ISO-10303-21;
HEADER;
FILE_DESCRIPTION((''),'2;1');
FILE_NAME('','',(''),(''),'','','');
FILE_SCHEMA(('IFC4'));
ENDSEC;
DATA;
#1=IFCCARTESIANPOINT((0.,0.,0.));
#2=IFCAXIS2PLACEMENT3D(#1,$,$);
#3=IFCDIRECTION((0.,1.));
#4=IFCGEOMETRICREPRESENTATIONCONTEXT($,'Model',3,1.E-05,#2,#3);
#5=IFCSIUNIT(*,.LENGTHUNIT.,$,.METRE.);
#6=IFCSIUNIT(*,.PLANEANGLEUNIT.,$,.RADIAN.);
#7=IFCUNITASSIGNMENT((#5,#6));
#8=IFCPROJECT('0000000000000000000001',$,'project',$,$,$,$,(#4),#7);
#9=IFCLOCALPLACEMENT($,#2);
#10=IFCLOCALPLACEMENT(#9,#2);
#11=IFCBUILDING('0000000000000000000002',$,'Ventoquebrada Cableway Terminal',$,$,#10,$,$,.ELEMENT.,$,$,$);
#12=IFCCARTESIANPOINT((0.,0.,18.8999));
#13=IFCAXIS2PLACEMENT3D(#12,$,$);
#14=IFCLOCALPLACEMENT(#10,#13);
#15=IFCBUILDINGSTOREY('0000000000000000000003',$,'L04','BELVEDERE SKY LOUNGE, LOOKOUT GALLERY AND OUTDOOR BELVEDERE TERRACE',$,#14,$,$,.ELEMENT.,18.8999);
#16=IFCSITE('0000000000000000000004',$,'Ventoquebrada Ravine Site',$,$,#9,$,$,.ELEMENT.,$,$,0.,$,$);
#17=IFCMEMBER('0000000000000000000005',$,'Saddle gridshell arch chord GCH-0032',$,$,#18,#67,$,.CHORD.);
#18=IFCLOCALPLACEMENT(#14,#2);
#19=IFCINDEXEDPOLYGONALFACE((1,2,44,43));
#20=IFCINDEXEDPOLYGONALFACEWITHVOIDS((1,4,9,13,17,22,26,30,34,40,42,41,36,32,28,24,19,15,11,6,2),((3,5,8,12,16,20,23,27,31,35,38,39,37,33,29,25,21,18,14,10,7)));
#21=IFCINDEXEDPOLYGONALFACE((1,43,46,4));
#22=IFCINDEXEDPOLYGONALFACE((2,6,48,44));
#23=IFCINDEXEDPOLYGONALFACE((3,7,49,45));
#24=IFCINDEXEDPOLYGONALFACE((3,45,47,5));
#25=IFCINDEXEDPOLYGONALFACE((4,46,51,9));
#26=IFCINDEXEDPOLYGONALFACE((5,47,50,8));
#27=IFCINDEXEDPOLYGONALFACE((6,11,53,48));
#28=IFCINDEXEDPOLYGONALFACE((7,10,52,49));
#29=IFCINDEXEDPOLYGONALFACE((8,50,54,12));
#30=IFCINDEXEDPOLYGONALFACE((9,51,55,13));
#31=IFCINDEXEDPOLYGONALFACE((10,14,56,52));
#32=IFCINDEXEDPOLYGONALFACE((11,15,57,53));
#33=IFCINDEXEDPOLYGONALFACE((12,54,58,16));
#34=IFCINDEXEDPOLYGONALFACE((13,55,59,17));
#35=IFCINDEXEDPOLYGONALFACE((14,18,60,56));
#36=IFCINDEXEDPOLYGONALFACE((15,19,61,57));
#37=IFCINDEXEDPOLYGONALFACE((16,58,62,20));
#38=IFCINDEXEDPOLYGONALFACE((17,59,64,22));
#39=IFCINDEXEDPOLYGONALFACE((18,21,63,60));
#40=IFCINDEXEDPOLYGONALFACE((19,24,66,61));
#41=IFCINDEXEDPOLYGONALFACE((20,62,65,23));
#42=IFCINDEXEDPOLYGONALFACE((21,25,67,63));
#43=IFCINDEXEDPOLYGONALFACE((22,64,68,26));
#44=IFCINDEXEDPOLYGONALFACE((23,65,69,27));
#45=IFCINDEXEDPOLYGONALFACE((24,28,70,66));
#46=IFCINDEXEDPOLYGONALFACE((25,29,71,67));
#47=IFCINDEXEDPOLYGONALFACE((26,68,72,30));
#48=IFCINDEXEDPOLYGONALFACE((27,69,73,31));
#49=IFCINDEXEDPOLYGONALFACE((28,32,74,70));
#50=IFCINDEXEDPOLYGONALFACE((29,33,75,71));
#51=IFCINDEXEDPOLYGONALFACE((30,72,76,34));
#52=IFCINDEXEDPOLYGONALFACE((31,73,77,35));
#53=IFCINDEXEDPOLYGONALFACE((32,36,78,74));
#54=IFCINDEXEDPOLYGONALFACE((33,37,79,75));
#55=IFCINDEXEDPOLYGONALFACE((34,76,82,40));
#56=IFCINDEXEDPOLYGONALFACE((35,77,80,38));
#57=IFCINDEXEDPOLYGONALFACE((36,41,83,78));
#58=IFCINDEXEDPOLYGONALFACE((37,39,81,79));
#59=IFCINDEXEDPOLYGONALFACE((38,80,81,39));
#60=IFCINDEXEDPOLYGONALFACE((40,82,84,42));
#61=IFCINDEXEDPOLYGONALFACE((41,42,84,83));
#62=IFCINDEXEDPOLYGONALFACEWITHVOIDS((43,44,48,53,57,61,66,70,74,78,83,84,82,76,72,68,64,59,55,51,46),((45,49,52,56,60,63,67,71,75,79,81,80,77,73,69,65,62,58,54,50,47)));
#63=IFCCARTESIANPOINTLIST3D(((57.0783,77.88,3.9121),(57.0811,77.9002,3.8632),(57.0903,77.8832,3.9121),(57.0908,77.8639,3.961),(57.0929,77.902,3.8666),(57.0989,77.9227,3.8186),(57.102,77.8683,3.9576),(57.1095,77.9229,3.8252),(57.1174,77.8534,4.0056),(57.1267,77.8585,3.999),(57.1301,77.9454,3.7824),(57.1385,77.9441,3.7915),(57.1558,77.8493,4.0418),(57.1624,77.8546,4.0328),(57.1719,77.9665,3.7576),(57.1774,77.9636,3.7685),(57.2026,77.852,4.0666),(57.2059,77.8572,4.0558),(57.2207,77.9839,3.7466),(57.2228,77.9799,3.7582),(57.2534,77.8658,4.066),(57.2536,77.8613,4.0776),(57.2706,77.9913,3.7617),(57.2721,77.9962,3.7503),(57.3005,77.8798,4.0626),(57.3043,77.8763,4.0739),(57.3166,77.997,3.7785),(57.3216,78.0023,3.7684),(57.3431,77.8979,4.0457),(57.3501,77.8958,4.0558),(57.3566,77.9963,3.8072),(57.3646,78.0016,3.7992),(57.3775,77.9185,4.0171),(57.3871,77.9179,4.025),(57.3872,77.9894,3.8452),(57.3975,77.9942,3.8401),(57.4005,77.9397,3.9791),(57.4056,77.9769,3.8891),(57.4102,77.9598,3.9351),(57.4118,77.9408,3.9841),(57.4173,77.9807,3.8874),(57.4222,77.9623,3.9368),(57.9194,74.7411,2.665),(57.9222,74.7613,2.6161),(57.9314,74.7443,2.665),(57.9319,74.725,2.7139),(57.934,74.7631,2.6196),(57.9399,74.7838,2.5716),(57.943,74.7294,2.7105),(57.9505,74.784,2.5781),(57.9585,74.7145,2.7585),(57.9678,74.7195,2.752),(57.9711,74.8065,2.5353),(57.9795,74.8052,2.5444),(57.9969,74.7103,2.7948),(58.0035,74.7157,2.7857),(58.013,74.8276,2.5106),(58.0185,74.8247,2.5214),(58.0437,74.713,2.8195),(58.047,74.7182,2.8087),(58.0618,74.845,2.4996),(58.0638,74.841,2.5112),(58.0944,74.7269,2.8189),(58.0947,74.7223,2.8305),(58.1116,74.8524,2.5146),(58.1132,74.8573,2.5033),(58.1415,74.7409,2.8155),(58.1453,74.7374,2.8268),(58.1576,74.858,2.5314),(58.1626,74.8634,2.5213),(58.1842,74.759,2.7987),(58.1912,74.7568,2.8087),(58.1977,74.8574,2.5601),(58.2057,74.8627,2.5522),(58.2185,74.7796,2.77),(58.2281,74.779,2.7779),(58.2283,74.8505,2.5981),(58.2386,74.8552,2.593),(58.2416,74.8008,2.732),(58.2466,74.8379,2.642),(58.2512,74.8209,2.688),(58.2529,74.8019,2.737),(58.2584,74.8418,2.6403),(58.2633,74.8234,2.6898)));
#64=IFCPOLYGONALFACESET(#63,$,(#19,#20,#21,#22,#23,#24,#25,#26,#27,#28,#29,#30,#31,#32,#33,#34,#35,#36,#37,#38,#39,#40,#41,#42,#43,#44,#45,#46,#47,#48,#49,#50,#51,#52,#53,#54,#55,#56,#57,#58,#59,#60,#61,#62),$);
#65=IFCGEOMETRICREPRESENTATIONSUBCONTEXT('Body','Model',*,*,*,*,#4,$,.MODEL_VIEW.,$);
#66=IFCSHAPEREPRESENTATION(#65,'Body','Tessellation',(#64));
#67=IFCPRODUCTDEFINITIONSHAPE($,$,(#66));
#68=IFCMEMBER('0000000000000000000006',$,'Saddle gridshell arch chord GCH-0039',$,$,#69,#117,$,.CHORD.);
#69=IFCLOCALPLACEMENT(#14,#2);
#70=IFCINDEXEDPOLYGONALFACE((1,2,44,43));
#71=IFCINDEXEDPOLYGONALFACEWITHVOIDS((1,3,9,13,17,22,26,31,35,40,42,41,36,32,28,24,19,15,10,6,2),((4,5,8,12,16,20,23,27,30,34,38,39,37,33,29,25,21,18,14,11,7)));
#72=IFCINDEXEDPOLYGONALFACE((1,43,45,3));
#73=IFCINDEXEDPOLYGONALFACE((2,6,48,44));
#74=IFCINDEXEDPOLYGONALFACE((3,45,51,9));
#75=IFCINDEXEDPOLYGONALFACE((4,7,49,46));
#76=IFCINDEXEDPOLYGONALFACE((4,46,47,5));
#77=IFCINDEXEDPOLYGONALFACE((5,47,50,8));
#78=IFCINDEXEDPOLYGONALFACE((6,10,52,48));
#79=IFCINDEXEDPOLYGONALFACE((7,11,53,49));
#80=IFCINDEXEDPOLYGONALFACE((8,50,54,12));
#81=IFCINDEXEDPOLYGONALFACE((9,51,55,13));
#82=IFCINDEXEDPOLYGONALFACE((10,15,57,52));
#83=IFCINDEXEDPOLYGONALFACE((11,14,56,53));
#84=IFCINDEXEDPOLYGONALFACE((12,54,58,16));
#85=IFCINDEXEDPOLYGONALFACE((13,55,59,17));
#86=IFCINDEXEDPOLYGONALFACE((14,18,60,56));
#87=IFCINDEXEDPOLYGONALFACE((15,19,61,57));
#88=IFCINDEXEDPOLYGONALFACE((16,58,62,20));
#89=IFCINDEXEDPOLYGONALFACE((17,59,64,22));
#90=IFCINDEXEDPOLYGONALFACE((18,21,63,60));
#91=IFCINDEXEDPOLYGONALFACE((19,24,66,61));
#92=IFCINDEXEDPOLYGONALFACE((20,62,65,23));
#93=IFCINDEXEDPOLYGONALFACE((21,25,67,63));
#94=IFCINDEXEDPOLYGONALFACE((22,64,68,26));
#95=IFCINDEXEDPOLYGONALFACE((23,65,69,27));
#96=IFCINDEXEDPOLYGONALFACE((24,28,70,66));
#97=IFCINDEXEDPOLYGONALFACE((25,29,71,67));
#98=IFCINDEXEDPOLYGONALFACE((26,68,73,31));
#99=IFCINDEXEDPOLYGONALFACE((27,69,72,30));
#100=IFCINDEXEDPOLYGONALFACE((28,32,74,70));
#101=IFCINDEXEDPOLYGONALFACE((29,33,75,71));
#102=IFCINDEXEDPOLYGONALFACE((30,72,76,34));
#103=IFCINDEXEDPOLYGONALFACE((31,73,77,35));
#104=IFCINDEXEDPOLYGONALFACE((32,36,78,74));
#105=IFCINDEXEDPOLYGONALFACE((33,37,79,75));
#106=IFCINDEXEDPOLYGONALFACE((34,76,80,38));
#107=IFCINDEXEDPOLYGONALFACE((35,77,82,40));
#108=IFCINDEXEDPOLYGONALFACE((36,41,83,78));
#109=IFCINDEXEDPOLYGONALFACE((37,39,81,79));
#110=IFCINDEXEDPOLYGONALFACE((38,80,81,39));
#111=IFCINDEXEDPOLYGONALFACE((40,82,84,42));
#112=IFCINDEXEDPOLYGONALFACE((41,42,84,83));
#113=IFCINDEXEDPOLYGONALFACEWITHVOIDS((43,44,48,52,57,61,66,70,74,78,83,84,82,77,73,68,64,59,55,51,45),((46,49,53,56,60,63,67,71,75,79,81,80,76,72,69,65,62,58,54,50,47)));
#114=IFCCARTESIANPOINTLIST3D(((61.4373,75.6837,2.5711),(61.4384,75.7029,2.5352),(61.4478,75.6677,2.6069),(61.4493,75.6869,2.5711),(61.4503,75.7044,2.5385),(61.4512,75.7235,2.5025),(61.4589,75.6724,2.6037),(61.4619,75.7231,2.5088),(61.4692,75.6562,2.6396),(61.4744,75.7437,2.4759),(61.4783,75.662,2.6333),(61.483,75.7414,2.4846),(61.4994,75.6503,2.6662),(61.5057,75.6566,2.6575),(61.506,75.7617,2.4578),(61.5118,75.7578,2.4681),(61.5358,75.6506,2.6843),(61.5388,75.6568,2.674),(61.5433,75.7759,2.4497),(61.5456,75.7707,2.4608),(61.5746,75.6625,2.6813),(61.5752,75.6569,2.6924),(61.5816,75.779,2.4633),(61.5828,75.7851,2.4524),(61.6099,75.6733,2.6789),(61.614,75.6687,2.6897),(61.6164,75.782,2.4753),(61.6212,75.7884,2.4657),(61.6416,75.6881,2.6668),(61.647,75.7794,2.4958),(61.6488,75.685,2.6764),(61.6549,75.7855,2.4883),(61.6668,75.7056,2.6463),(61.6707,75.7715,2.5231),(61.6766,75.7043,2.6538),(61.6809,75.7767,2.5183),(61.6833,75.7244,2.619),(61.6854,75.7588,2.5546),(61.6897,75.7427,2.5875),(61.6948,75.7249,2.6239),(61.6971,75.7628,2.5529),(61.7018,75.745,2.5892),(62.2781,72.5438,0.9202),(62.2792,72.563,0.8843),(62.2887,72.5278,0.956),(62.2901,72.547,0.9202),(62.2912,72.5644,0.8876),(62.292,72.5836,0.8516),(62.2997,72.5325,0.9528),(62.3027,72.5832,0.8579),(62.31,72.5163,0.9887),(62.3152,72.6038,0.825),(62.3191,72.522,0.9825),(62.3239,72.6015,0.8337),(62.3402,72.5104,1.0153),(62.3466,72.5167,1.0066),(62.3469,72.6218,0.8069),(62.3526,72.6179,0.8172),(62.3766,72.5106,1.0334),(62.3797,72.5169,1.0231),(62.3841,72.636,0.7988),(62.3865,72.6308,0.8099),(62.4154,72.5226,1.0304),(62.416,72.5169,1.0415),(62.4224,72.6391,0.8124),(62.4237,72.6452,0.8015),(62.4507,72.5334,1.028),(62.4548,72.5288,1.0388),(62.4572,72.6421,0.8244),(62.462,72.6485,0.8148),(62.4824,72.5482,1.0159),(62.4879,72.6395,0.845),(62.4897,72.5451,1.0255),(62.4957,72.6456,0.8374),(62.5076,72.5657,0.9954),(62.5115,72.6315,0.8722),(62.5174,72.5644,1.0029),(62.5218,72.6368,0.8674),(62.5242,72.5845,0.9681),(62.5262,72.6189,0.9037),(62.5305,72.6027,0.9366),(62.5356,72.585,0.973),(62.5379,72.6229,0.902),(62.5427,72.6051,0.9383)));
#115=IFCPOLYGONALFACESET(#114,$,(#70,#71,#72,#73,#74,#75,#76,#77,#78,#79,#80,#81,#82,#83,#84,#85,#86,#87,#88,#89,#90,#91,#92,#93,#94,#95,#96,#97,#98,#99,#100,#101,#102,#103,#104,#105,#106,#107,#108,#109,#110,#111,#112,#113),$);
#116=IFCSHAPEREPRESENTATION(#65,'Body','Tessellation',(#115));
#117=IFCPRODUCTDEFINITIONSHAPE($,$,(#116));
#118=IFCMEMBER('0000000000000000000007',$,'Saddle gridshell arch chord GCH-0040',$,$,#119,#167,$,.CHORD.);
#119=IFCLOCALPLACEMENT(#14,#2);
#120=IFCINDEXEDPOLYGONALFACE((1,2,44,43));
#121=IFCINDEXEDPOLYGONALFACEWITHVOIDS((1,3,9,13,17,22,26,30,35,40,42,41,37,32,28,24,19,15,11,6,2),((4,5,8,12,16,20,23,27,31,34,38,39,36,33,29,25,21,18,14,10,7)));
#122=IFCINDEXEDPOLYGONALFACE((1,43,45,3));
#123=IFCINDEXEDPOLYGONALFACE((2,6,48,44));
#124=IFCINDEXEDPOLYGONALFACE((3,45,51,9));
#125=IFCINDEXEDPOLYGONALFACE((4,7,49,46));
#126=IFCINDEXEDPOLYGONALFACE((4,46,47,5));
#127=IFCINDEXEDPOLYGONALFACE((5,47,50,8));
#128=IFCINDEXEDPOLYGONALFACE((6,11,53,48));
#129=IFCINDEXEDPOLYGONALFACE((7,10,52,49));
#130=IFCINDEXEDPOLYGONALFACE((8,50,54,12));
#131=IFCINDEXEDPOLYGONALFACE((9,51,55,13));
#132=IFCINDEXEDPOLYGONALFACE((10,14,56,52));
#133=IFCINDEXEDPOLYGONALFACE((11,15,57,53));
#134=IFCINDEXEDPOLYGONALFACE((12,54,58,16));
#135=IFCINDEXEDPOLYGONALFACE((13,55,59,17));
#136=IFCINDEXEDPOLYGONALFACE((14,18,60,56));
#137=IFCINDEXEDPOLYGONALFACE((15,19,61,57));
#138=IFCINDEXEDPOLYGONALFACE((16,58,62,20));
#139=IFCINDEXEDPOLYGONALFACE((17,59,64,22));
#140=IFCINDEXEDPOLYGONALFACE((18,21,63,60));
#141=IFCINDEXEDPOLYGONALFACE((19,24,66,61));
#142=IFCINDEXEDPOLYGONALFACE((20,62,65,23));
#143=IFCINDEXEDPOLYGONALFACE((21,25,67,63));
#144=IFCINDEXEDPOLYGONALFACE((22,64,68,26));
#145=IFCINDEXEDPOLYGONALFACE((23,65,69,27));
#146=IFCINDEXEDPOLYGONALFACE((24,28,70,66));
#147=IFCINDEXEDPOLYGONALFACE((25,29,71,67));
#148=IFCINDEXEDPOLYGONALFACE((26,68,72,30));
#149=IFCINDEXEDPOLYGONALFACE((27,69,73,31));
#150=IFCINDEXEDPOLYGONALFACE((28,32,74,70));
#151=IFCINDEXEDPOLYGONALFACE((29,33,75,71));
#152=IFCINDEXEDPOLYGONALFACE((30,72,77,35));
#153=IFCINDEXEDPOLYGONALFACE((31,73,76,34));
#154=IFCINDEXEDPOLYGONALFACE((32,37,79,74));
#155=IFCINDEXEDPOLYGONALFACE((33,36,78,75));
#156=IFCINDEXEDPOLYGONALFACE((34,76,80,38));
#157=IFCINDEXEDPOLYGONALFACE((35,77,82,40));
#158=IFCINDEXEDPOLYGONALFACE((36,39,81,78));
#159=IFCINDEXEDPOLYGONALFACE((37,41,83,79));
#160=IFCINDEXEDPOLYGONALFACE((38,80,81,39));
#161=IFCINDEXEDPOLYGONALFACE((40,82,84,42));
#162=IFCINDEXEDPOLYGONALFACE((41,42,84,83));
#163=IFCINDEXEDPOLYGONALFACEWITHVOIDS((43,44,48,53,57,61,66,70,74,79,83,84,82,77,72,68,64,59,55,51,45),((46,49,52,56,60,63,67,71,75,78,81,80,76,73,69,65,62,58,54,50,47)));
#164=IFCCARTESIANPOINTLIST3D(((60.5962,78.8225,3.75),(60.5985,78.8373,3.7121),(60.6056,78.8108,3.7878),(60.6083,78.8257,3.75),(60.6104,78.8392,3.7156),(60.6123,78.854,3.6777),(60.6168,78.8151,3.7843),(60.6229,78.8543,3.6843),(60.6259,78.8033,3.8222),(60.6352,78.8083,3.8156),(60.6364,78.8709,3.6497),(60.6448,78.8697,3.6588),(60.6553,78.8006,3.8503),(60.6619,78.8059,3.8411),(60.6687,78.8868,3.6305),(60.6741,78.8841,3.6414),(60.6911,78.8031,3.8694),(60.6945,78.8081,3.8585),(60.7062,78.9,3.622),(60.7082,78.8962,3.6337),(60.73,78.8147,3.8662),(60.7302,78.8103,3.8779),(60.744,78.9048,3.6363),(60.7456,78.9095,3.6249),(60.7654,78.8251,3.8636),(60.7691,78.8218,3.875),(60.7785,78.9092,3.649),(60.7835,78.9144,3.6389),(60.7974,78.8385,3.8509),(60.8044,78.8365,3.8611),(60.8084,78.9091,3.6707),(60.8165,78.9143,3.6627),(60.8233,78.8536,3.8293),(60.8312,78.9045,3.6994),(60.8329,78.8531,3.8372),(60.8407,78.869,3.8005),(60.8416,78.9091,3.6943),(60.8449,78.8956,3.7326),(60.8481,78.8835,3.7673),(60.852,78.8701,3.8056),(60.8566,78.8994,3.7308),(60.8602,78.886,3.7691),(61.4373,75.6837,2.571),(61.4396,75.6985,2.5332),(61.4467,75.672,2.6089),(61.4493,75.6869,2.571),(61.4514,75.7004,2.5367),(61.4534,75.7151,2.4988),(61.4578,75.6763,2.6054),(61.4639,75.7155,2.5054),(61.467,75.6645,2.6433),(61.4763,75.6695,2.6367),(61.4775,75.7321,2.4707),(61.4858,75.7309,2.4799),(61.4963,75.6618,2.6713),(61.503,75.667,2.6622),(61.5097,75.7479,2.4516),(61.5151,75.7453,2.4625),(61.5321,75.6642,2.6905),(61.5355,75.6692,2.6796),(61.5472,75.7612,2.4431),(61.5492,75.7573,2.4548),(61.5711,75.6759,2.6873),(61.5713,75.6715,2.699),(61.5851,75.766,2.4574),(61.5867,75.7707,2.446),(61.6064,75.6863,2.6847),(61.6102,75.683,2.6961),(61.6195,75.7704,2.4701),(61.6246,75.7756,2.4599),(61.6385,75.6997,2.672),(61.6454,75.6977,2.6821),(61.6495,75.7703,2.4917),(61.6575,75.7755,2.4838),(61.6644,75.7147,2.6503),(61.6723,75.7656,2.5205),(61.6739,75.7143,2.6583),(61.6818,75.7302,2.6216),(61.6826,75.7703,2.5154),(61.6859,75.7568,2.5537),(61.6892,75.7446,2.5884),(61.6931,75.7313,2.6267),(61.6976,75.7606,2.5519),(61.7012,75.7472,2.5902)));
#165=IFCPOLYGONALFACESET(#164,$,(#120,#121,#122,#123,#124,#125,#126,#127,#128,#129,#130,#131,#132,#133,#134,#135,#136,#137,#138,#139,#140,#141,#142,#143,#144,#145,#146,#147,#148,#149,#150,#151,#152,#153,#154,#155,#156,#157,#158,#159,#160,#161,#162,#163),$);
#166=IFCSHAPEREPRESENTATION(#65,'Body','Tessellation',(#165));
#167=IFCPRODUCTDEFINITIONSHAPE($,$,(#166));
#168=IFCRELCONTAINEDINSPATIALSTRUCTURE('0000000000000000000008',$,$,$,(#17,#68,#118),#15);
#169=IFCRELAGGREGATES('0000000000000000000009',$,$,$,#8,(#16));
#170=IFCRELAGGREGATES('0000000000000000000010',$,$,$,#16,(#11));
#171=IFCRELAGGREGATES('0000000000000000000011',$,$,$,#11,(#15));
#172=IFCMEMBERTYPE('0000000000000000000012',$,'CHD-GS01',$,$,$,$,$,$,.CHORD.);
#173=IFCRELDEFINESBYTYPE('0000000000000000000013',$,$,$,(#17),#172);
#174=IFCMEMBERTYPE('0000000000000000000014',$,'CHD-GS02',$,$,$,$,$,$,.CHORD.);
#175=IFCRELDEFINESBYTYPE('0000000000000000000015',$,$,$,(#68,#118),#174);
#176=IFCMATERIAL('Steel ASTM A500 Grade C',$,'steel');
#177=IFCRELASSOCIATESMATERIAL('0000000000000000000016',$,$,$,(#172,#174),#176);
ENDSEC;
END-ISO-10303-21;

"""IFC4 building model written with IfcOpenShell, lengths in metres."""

from ifc_helpers import new_model, si_unit, direction, frame, origin, origin_2d, place, context, subcontext, project, spatial, hollow_circle, extrude, material, material_profile, profile_set, type_object, element, save


model = new_model("IFC4")

# Units and contexts
model_context = context("Model", 3, precision=1e-05, world=origin(), true_north=direction((0.0, 1.0)))
body_context = subcontext(model_context, "Body", "Model", "MODEL_VIEW")
ifc_project = project(units=[si_unit("LENGTHUNIT", "METRE"), si_unit("PLANEANGLEUNIT", "RADIAN")], contexts=[model_context])

# Site, building, storey
site_placement = place(None, origin())
site = spatial("IfcSite", under=ifc_project, at=site_placement, Name="Ventoquebrada Ravine Site", CompositionType="ELEMENT", RefElevation=0.0)
building_placement = place(site_placement, origin())
building = spatial("IfcBuilding", under=site, at=building_placement, Name="Ventoquebrada Cableway Terminal", CompositionType="ELEMENT")
storey_placement = place(building_placement, frame((0.0, 0.0, 18.8999)))
storey = spatial("IfcBuildingStorey", under=building, at=storey_placement, Name="L04", Description="BELVEDERE SKY LOUNGE, LOOKOUT GALLERY AND OUTDOOR BELVEDERE TERRACE", CompositionType="ELEMENT", Elevation=18.8999)

# Members
ifc_material_1 = material(Name="Steel ASTM A500 Grade C", Category="steel")
ifc_material_profile_1 = material_profile(ifc_material_1, hollow_circle(Radius=0.1777, WallThickness=0.0125, at=origin_2d()), Name="CHS355.6X12.5")
ifc_profile_set_1 = profile_set([ifc_material_profile_1], Name="Steel ASTM A500 Grade C")
member_type_1 = type_object("IfcMemberType", Name="CHD-GS01", PredefinedType="CHORD", material=ifc_profile_set_1)
member_1_placement = place(storey_placement, frame((58.0911, 74.7871, 2.665), z_axis=(-0.241636, 0.901802, 0.35828), x_axis=(-0.965926, -0.258817, 0.0)))
element("IfcMember", 1, at=member_1_placement, inside=storey, type_object=member_type_1, Name="Saddle gridshell arch chord GCH-0032", PredefinedType="CHORD", context=body_context, shape_type="SweptSolid", body=[
    extrude(hollow_circle(Radius=0.1777, WallThickness=0.0125, at=origin_2d()), origin(), (0.0, 0.0, 1.0), 3.4807),
])
ifc_material_profile_2 = material_profile(ifc_material_1, hollow_circle(Radius=0.1365, WallThickness=0.0125, at=origin_2d()), Name="CHS273.0X12.5")
ifc_profile_set_2 = profile_set([ifc_material_profile_2], Name="Steel ASTM A500 Grade C")
member_type_2 = type_object("IfcMemberType", Name="CHD-GS02", PredefinedType="CHORD", material=ifc_profile_set_2)
member_2_placement = place(storey_placement, frame((62.4099, 72.5791, 0.9202), z_axis=(-0.230632, 0.861253, 0.452826), x_axis=(-0.965965, -0.258672, 0.0)))
element("IfcMember", 2, at=member_2_placement, inside=storey, type_object=member_type_2, Name="Saddle gridshell arch chord GCH-0039", PredefinedType="CHORD", context=body_context, shape_type="SweptSolid", body=[
    extrude(hollow_circle(Radius=0.1365, WallThickness=0.0125, at=origin_2d()), origin(), (0.0, 0.0, 1.0), 3.6458),
])
member_3_placement = place(storey_placement, frame((61.5691, 75.719, 2.571), z_axis=(-0.243301, 0.908016, 0.341045), x_axis=(-0.965926, -0.258817, 0.0)))
element("IfcMember", 3, at=member_3_placement, inside=storey, type_object=member_type_2, Name="Saddle gridshell arch chord GCH-0040", PredefinedType="CHORD", context=body_context, shape_type="SweptSolid", body=[
    extrude(hollow_circle(Radius=0.1365, WallThickness=0.0125, at=origin_2d()), origin(), (0.0, 0.0, 1.0), 3.4568),
])

save(model, "model.ifc")
